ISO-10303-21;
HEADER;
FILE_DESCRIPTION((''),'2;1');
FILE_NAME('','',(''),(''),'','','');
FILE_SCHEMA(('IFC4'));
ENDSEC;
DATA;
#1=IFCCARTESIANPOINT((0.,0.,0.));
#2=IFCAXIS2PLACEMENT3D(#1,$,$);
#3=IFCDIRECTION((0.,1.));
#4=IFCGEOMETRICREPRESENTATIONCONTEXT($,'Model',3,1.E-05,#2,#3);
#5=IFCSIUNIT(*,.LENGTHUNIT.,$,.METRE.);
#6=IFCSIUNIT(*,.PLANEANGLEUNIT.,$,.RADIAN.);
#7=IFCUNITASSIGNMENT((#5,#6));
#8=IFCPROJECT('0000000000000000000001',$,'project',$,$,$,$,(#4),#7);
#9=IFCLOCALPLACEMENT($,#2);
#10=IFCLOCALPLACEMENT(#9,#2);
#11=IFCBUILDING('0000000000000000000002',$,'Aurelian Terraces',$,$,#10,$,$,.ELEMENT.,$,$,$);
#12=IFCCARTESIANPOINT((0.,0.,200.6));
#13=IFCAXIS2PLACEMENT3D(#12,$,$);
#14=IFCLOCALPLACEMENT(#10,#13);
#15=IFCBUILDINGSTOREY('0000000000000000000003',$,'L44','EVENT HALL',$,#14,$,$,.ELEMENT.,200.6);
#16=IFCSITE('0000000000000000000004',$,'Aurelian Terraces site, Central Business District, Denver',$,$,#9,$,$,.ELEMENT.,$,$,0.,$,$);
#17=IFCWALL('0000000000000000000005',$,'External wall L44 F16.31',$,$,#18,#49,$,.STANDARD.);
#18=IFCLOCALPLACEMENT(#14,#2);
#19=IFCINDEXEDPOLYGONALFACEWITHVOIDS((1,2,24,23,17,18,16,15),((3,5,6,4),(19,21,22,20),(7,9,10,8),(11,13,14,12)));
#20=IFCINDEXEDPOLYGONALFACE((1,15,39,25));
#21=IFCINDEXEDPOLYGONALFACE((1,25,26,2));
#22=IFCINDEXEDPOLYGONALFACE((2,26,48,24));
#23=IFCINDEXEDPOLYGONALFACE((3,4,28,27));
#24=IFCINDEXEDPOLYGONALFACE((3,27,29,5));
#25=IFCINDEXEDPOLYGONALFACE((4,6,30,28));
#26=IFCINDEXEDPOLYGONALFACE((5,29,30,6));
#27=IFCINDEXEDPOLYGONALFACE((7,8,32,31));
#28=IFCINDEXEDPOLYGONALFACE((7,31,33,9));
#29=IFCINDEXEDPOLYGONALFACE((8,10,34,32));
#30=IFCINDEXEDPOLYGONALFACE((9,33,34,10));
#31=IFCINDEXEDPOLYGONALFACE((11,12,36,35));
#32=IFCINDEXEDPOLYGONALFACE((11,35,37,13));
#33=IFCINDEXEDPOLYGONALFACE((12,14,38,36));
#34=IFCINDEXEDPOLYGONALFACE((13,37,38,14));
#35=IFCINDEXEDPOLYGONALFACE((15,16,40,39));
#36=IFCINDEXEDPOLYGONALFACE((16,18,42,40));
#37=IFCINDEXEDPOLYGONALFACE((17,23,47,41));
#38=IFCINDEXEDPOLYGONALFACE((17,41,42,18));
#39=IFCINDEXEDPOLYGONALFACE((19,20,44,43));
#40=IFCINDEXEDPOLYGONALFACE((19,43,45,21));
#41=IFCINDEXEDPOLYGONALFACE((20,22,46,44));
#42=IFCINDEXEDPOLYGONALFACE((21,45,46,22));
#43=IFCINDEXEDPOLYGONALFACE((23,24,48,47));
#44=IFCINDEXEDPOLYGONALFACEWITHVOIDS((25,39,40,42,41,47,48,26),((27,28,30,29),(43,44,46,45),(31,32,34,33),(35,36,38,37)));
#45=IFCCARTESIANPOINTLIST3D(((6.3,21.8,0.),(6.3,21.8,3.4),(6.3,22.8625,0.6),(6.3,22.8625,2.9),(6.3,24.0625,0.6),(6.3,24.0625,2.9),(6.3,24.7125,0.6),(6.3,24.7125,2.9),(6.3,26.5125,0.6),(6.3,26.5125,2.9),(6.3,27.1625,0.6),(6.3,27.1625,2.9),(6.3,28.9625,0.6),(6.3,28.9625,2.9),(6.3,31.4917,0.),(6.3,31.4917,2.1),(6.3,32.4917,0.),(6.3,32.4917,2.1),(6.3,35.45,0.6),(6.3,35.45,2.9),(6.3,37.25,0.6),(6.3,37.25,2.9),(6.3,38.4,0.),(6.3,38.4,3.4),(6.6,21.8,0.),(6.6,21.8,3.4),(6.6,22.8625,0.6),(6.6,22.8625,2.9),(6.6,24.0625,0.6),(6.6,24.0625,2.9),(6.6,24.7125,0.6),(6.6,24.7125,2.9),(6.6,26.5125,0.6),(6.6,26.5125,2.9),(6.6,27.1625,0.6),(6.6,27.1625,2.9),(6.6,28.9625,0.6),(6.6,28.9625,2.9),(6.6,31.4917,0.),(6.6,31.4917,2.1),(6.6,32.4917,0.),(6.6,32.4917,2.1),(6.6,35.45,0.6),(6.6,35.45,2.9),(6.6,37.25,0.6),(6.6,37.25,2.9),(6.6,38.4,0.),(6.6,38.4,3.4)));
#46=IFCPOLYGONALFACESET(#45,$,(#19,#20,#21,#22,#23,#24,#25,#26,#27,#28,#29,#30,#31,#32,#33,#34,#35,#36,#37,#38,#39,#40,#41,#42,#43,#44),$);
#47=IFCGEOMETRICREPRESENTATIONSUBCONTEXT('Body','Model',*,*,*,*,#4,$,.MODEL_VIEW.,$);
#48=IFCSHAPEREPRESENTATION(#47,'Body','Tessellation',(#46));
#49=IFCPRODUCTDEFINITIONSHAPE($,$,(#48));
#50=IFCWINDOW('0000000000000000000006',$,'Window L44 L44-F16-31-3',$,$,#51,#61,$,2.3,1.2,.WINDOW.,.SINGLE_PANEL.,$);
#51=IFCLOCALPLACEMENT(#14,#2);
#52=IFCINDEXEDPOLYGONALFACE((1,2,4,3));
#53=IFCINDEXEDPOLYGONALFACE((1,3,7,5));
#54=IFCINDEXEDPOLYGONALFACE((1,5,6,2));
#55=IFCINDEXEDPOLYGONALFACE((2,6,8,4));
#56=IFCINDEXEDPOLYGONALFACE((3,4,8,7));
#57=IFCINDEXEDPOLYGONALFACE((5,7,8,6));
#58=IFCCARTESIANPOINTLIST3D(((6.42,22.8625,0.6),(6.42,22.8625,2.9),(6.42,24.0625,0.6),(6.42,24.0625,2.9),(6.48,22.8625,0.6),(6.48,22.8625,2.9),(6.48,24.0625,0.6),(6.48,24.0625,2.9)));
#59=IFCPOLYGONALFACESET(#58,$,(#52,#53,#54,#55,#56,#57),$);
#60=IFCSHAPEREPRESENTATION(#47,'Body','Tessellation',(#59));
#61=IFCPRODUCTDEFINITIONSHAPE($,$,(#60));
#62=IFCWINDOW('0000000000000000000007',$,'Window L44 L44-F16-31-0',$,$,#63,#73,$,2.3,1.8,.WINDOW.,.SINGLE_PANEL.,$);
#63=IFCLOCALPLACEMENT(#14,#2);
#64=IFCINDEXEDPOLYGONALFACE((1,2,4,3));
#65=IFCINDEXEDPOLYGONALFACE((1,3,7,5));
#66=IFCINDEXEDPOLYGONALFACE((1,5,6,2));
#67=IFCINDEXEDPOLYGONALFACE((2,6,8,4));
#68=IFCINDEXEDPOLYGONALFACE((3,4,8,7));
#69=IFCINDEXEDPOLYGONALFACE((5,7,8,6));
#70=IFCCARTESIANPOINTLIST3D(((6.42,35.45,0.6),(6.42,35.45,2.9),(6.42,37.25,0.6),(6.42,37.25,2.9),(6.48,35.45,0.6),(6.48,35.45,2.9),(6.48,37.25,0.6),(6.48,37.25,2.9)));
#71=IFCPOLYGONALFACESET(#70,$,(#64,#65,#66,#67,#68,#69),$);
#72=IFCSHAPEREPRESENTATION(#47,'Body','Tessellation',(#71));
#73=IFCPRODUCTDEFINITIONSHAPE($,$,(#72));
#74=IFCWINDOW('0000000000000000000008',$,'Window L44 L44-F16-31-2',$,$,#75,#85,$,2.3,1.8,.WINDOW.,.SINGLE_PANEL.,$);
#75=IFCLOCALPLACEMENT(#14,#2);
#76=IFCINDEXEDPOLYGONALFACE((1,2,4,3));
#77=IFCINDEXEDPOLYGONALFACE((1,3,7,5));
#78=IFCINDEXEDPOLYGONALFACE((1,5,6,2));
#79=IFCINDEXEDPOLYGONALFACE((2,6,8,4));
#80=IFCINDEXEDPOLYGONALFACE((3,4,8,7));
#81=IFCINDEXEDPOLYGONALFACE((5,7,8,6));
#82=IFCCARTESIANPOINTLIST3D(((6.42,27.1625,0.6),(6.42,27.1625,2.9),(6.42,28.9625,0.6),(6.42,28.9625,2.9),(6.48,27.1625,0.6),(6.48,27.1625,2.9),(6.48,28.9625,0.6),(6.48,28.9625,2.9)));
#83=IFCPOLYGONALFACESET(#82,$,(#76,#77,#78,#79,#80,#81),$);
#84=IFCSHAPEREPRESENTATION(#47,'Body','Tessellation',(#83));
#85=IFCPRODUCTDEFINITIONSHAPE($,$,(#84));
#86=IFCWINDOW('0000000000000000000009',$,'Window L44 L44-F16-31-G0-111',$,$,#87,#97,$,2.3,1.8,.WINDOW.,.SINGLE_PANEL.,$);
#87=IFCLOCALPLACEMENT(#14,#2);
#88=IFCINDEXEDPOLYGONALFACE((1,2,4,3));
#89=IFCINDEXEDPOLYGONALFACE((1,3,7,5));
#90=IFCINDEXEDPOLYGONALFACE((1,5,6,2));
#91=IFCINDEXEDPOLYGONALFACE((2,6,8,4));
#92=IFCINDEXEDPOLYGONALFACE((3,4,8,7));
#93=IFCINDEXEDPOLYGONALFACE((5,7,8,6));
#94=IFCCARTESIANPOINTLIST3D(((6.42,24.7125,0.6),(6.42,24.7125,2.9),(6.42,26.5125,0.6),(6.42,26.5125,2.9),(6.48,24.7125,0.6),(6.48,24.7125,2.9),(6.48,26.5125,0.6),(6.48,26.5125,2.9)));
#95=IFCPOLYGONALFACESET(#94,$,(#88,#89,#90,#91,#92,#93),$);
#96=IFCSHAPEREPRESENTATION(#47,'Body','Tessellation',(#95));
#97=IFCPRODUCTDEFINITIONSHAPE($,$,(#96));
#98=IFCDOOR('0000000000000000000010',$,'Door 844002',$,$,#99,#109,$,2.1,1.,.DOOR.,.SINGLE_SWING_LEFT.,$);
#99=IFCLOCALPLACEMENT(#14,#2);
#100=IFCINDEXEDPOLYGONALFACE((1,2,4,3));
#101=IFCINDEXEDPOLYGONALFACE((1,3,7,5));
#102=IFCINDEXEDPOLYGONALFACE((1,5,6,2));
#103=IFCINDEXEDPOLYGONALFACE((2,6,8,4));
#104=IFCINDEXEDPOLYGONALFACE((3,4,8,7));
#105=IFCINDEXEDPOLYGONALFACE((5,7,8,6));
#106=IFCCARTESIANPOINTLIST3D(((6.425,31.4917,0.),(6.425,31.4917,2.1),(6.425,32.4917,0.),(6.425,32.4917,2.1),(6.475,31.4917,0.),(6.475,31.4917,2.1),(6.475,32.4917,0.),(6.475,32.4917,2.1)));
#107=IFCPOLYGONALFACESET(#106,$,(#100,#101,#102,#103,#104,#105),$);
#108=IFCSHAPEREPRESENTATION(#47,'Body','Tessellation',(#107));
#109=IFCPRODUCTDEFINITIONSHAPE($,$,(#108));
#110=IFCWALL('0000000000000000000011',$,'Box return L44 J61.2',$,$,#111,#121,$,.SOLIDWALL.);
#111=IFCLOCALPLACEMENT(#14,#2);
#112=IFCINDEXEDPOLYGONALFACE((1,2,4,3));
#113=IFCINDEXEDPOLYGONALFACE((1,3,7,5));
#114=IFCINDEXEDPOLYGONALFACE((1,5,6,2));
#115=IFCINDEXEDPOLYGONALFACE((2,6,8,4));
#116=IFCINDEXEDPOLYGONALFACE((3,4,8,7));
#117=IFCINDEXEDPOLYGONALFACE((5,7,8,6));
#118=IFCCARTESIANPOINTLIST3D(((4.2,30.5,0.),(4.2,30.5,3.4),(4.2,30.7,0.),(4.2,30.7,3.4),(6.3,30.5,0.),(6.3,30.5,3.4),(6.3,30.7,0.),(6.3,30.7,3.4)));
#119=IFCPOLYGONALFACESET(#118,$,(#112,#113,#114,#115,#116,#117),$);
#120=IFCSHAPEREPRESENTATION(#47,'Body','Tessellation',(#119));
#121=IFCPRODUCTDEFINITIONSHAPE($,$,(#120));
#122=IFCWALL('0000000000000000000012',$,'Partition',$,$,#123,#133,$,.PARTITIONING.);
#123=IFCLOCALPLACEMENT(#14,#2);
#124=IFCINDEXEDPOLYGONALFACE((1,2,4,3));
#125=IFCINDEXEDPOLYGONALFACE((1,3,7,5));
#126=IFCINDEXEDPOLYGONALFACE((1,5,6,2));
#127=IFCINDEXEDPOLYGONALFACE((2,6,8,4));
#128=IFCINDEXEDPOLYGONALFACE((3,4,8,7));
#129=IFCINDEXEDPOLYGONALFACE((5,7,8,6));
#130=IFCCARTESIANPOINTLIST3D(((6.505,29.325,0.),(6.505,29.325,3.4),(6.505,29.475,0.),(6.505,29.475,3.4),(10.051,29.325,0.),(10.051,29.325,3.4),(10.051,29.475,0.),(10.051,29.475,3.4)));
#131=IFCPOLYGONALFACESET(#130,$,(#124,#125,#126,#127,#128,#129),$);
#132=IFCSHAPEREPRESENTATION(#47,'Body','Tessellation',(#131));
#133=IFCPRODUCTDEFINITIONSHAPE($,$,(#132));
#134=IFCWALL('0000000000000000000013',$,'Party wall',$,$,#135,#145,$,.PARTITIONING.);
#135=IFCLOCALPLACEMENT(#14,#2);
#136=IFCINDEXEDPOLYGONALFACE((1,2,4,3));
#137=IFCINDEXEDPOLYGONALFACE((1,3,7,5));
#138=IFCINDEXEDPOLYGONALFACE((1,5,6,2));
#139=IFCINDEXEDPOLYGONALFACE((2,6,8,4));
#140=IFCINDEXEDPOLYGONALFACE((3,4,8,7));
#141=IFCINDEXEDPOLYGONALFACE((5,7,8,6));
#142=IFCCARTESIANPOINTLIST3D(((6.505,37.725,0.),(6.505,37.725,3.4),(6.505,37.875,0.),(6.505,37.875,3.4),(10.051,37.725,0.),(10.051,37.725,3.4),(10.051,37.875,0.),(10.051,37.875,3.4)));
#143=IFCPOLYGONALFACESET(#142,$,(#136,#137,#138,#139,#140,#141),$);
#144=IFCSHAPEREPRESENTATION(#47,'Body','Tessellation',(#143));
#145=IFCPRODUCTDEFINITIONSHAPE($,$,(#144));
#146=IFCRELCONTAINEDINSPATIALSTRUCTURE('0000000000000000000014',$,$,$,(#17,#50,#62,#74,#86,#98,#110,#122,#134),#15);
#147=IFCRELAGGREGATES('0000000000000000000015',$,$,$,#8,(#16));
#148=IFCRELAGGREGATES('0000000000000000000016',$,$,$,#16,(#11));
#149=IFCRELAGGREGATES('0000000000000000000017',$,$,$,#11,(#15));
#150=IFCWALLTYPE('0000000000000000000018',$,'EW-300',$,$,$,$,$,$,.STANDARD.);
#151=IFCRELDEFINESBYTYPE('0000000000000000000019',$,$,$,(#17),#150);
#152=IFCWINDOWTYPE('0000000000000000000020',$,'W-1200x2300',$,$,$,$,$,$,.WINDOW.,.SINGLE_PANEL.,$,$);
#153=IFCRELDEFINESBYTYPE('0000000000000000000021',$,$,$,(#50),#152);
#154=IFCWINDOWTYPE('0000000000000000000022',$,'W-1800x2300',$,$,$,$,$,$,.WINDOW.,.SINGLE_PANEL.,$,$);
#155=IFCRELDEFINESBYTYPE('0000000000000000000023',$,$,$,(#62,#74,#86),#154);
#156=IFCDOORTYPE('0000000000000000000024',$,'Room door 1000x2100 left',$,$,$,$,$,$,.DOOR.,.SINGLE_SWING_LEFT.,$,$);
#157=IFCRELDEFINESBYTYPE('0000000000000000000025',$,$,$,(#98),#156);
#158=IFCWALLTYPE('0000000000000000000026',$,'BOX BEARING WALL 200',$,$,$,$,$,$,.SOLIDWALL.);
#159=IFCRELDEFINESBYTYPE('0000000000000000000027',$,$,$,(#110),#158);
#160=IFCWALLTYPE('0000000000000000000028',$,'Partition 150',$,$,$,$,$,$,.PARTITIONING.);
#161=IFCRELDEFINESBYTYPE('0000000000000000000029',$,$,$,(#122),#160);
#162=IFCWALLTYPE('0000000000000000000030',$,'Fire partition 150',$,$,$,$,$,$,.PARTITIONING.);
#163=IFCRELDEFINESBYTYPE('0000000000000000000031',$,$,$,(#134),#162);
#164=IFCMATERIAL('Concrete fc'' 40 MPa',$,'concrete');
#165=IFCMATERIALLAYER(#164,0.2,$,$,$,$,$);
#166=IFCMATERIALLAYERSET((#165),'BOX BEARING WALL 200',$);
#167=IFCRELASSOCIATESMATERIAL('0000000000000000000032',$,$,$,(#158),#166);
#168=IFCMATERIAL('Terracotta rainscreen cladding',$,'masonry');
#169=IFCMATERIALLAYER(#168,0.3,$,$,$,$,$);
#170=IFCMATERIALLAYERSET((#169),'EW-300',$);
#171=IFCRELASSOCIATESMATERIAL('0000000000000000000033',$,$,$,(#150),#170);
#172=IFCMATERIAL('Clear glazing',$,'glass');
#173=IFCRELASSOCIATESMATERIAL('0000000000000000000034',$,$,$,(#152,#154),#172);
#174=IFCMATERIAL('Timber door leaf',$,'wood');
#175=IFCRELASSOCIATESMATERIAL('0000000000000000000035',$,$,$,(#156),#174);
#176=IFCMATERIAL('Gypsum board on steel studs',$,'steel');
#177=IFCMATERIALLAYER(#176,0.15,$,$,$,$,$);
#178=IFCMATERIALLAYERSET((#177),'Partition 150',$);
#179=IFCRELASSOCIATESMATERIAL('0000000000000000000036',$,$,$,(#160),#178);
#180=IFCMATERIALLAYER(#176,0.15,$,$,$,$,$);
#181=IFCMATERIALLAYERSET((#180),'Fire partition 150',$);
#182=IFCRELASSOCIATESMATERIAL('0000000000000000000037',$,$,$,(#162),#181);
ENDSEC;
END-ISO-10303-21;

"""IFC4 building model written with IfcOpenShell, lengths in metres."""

from ifc_helpers import new_model, si_unit, direction, frame, frame_2d, origin, place, context, subcontext, project, spatial, rectangle, extrude, source, transform, mapped, material, layer, layer_set, type_object, element, fill, save


model = new_model("IFC4")

# Units and contexts
model_context = context("Model", 3, precision=1e-05, world=origin(), true_north=direction((0.0, 1.0)))
body_context = subcontext(model_context, "Body", "Model", "MODEL_VIEW")
ifc_project = project(units=[si_unit("LENGTHUNIT", "METRE"), si_unit("PLANEANGLEUNIT", "RADIAN")], contexts=[model_context])

# Site, building, storey
site_placement = place(None, origin())
site = spatial("IfcSite", under=ifc_project, at=site_placement, Name="Aurelian Terraces site, Central Business District, Denver", CompositionType="ELEMENT", RefElevation=0.0)
building_placement = place(site_placement, origin())
building = spatial("IfcBuilding", under=site, at=building_placement, Name="Aurelian Terraces", CompositionType="ELEMENT")
storey_placement = place(building_placement, frame((0.0, 0.0, 200.6)))
storey = spatial("IfcBuildingStorey", under=building, at=storey_placement, Name="L44", Description="EVENT HALL", CompositionType="ELEMENT", Elevation=200.6)

# Shared definitions
ifc_material_1 = material(Name="Concrete fc' 40 MPa", Category="concrete")
ifc_layer_1 = layer(ifc_material_1, 0.2)
ifc_layer_set_1 = layer_set([ifc_layer_1], Name="BOX BEARING WALL 200")
wall_type_1 = type_object("IfcWallType", Name="BOX BEARING WALL 200", PredefinedType="SOLIDWALL", material=ifc_layer_set_1)

# Shared definitions
ifc_material_2 = material(Name="Clear glazing", Category="glass")

# Wall, openings, windows, door
ifc_material_3 = material(Name="Terracotta rainscreen cladding", Category="masonry")
ifc_layer_2 = layer(ifc_material_3, 0.3)
ifc_layer_set_2 = layer_set([ifc_layer_2], Name="EW-300")
wall_type_2 = type_object("IfcWallType", Name="EW-300", PredefinedType="STANDARD", material=ifc_layer_set_2)
shared_shape_1 = source(origin(), body_context, "Body", "SweptSolid", [
    extrude(rectangle(XDim=16.6, YDim=0.3, at=frame_2d((8.3, 0.0))), origin(), (0.0, 0.0, 1.0), 3.4),
])
wall_1_placement = place(storey_placement, frame((6.45, 38.4, 0.0), z_axis=(0.0, 0.0, 1.0), x_axis=(0.0, -1.0, 0.0)))
wall_1 = element("IfcWall", 1, at=wall_1_placement, inside=storey, type_object=wall_type_2, Name="External wall L44 F16.31", PredefinedType="STANDARD", context=body_context, shape_type="MappedRepresentation", body=[
    mapped(shared_shape_1, transform((0.0, 0.0, 0.0), scale=1.0)),
])
shared_shape_2 = source(origin(), body_context, "Body", "SweptSolid", [
    extrude(rectangle(XDim=1.8, YDim=2.3, at=frame_2d((0.9, 1.15))), frame((0.0, 0.16, 0.0), z_axis=(0.0, -1.0, 0.0), x_axis=(1.0, 0.0, 0.0)), (0.0, 0.0, 1.0), 0.32),
])
opening_1_placement = place(wall_1_placement, frame((1.15, 0.0, 0.6)))
opening_1 = element("IfcOpeningElement", 2, at=opening_1_placement, cuts=wall_1, PredefinedType="OPENING", context=body_context, shape_type="MappedRepresentation", body=[
    mapped(shared_shape_2, transform((0.0, 0.0, 0.0), scale=1.0)),
])
opening_2_placement = place(wall_1_placement, frame((9.4375, 0.0, 0.6)))
opening_2 = element("IfcOpeningElement", 3, at=opening_2_placement, cuts=wall_1, PredefinedType="OPENING", context=body_context, shape_type="MappedRepresentation", body=[
    mapped(shared_shape_2, transform((0.0, 0.0, 0.0), scale=1.0)),
])
shared_shape_3 = source(origin(), body_context, "Body", "SweptSolid", [
    extrude(rectangle(XDim=1.2, YDim=2.3, at=frame_2d((0.6, 1.15))), frame((0.0, 0.16, 0.0), z_axis=(0.0, -1.0, 0.0), x_axis=(1.0, 0.0, 0.0)), (0.0, 0.0, 1.0), 0.32),
])
opening_3_placement = place(wall_1_placement, frame((14.3375, 0.0, 0.6)))
opening_3 = element("IfcOpeningElement", 4, at=opening_3_placement, cuts=wall_1, PredefinedType="OPENING", context=body_context, shape_type="MappedRepresentation", body=[
    mapped(shared_shape_3, transform((0.0, 0.0, 0.0), scale=1.0)),
])
opening_4_placement = place(wall_1_placement, frame((11.8875, 0.0, 0.6)))
opening_4 = element("IfcOpeningElement", 5, at=opening_4_placement, cuts=wall_1, PredefinedType="OPENING", context=body_context, shape_type="MappedRepresentation", body=[
    mapped(shared_shape_2, transform((0.0, 0.0, 0.0), scale=1.0)),
])
shared_shape_4 = source(origin(), body_context, "Body", "SweptSolid", [
    extrude(rectangle(XDim=1.0, YDim=2.1, at=frame_2d((0.5, 1.05))), frame((0.0, 0.16, 0.0), z_axis=(0.0, -1.0, 0.0), x_axis=(1.0, 0.0, 0.0)), (0.0, 0.0, 1.0), 0.32),
])
opening_5_placement = place(wall_1_placement, frame((5.9083, 0.0, 0.0)))
opening_5 = element("IfcOpeningElement", 6, at=opening_5_placement, cuts=wall_1, PredefinedType="OPENING", context=body_context, shape_type="MappedRepresentation", body=[
    mapped(shared_shape_4, transform((0.0, 0.0, 0.0), scale=1.0)),
])
window_type_1 = type_object("IfcWindowType", Name="W-1200x2300", PartitioningType="SINGLE_PANEL", PredefinedType="WINDOW", material=ifc_material_2)
shared_shape_5 = source(origin(), body_context, "Body", "SweptSolid", [
    extrude(rectangle(XDim=1.2, YDim=2.3, at=frame_2d((0.6, 1.15))), frame((0.0, 0.03, 0.0), z_axis=(0.0, -1.0, 0.0), x_axis=(1.0, 0.0, 0.0)), (0.0, 0.0, 1.0), 0.06),
])
window_1_placement = place(opening_3_placement, origin())
window_1 = element("IfcWindow", 7, at=window_1_placement, inside=storey, type_object=window_type_1, Name="Window L44 L44-F16-31-3", OverallHeight=2.3, OverallWidth=1.2, PartitioningType="SINGLE_PANEL", PredefinedType="WINDOW", context=body_context, shape_type="MappedRepresentation", body=[
    mapped(shared_shape_5, transform((0.0, 0.0, 0.0), scale=1.0)),
])
fill(opening_3, window_1)
window_type_2 = type_object("IfcWindowType", Name="W-1800x2300", PartitioningType="SINGLE_PANEL", PredefinedType="WINDOW", material=ifc_material_2)
shared_shape_6 = source(origin(), body_context, "Body", "SweptSolid", [
    extrude(rectangle(XDim=1.8, YDim=2.3, at=frame_2d((0.9, 1.15))), frame((0.0, 0.03, 0.0), z_axis=(0.0, -1.0, 0.0), x_axis=(1.0, 0.0, 0.0)), (0.0, 0.0, 1.0), 0.06),
])
window_2_placement = place(opening_1_placement, origin())
window_2 = element("IfcWindow", 8, at=window_2_placement, inside=storey, type_object=window_type_2, Name="Window L44 L44-F16-31-0", OverallHeight=2.3, OverallWidth=1.8, PartitioningType="SINGLE_PANEL", PredefinedType="WINDOW", context=body_context, shape_type="MappedRepresentation", body=[
    mapped(shared_shape_6, transform((0.0, 0.0, 0.0), scale=1.0)),
])
fill(opening_1, window_2)
window_3_placement = place(opening_2_placement, origin())
window_3 = element("IfcWindow", 9, at=window_3_placement, inside=storey, type_object=window_type_2, Name="Window L44 L44-F16-31-2", OverallHeight=2.3, OverallWidth=1.8, PartitioningType="SINGLE_PANEL", PredefinedType="WINDOW", context=body_context, shape_type="MappedRepresentation", body=[
    mapped(shared_shape_6, transform((0.0, 0.0, 0.0), scale=1.0)),
])
fill(opening_2, window_3)
window_4_placement = place(opening_4_placement, origin())
window_4 = element("IfcWindow", 10, at=window_4_placement, inside=storey, type_object=window_type_2, Name="Window L44 L44-F16-31-G0-111", OverallHeight=2.3, OverallWidth=1.8, PartitioningType="SINGLE_PANEL", PredefinedType="WINDOW", context=body_context, shape_type="MappedRepresentation", body=[
    mapped(shared_shape_6, transform((0.0, 0.0, 0.0), scale=1.0)),
])
fill(opening_4, window_4)
ifc_material_4 = material(Name="Timber door leaf", Category="wood")
door_type = type_object("IfcDoorType", Name="Room door 1000x2100 left", OperationType="SINGLE_SWING_LEFT", PredefinedType="DOOR", material=ifc_material_4)
shared_shape_7 = source(origin(), body_context, "Body", "SweptSolid", [
    extrude(rectangle(XDim=1.0, YDim=2.1, at=frame_2d((0.5, 1.05))), frame((0.0, 0.025, 0.0), z_axis=(0.0, -1.0, 0.0), x_axis=(1.0, 0.0, 0.0)), (0.0, 0.0, 1.0), 0.05),
])
door_placement = place(opening_5_placement, origin())
door = element("IfcDoor", 11, at=door_placement, inside=storey, type_object=door_type, Name="Door 844002", OperationType="SINGLE_SWING_LEFT", OverallHeight=2.1, OverallWidth=1.0, PredefinedType="DOOR", context=body_context, shape_type="MappedRepresentation", body=[
    mapped(shared_shape_7, transform((0.0, 0.0, 0.0), scale=1.0)),
])
fill(opening_5, door)

# Walls
shared_shape_8 = source(origin(), body_context, "Body", "SweptSolid", [
    extrude(rectangle(XDim=2.1, YDim=0.2, at=frame_2d((1.05, 0.0))), origin(), (0.0, 0.0, 1.0), 3.4),
])
wall_2_placement = place(storey_placement, frame((6.3, 30.6, 0.0), z_axis=(0.0, 0.0, 1.0), x_axis=(-1.0, 0.0, 0.0)))
element("IfcWall", 12, at=wall_2_placement, inside=storey, type_object=wall_type_1, Name="Box return L44 J61.2", PredefinedType="SOLIDWALL", context=body_context, shape_type="MappedRepresentation", body=[
    mapped(shared_shape_8, transform((0.0, 0.0, 0.0), scale=1.0)),
])
ifc_material_5 = material(Name="Gypsum board on steel studs", Category="steel")
ifc_layer_3 = layer(ifc_material_5, 0.15)
ifc_layer_set_3 = layer_set([ifc_layer_3], Name="Partition 150")
wall_type_3 = type_object("IfcWallType", Name="Partition 150", PredefinedType="PARTITIONING", material=ifc_layer_set_3)
shared_shape_9 = source(origin(), body_context, "Body", "SweptSolid", [
    extrude(rectangle(XDim=3.546, YDim=0.15, at=frame_2d((1.773, 0.0))), origin(), (0.0, 0.0, 1.0), 3.4),
])
wall_3_placement = place(storey_placement, frame((10.051, 29.4, 0.0), z_axis=(0.0, 0.0, 1.0), x_axis=(-1.0, 0.0, 0.0)))
element("IfcWall", 13, at=wall_3_placement, inside=storey, type_object=wall_type_3, Name="Partition", PredefinedType="PARTITIONING", context=body_context, shape_type="MappedRepresentation", body=[
    mapped(shared_shape_9, transform((0.0, 0.0, 0.0), scale=1.0)),
])
ifc_layer_4 = layer(ifc_material_5, 0.15)
ifc_layer_set_4 = layer_set([ifc_layer_4], Name="Fire partition 150")
wall_type_4 = type_object("IfcWallType", Name="Fire partition 150", PredefinedType="PARTITIONING", material=ifc_layer_set_4)
wall_4_placement = place(storey_placement, frame((10.051, 37.8, 0.0), z_axis=(0.0, 0.0, 1.0), x_axis=(-1.0, 0.0, 0.0)))
element("IfcWall", 14, at=wall_4_placement, inside=storey, type_object=wall_type_4, Name="Party wall", PredefinedType="PARTITIONING", context=body_context, shape_type="MappedRepresentation", body=[
    mapped(shared_shape_9, transform((0.0, 0.0, 0.0), scale=1.0)),
])

save(model, "model.ifc")
